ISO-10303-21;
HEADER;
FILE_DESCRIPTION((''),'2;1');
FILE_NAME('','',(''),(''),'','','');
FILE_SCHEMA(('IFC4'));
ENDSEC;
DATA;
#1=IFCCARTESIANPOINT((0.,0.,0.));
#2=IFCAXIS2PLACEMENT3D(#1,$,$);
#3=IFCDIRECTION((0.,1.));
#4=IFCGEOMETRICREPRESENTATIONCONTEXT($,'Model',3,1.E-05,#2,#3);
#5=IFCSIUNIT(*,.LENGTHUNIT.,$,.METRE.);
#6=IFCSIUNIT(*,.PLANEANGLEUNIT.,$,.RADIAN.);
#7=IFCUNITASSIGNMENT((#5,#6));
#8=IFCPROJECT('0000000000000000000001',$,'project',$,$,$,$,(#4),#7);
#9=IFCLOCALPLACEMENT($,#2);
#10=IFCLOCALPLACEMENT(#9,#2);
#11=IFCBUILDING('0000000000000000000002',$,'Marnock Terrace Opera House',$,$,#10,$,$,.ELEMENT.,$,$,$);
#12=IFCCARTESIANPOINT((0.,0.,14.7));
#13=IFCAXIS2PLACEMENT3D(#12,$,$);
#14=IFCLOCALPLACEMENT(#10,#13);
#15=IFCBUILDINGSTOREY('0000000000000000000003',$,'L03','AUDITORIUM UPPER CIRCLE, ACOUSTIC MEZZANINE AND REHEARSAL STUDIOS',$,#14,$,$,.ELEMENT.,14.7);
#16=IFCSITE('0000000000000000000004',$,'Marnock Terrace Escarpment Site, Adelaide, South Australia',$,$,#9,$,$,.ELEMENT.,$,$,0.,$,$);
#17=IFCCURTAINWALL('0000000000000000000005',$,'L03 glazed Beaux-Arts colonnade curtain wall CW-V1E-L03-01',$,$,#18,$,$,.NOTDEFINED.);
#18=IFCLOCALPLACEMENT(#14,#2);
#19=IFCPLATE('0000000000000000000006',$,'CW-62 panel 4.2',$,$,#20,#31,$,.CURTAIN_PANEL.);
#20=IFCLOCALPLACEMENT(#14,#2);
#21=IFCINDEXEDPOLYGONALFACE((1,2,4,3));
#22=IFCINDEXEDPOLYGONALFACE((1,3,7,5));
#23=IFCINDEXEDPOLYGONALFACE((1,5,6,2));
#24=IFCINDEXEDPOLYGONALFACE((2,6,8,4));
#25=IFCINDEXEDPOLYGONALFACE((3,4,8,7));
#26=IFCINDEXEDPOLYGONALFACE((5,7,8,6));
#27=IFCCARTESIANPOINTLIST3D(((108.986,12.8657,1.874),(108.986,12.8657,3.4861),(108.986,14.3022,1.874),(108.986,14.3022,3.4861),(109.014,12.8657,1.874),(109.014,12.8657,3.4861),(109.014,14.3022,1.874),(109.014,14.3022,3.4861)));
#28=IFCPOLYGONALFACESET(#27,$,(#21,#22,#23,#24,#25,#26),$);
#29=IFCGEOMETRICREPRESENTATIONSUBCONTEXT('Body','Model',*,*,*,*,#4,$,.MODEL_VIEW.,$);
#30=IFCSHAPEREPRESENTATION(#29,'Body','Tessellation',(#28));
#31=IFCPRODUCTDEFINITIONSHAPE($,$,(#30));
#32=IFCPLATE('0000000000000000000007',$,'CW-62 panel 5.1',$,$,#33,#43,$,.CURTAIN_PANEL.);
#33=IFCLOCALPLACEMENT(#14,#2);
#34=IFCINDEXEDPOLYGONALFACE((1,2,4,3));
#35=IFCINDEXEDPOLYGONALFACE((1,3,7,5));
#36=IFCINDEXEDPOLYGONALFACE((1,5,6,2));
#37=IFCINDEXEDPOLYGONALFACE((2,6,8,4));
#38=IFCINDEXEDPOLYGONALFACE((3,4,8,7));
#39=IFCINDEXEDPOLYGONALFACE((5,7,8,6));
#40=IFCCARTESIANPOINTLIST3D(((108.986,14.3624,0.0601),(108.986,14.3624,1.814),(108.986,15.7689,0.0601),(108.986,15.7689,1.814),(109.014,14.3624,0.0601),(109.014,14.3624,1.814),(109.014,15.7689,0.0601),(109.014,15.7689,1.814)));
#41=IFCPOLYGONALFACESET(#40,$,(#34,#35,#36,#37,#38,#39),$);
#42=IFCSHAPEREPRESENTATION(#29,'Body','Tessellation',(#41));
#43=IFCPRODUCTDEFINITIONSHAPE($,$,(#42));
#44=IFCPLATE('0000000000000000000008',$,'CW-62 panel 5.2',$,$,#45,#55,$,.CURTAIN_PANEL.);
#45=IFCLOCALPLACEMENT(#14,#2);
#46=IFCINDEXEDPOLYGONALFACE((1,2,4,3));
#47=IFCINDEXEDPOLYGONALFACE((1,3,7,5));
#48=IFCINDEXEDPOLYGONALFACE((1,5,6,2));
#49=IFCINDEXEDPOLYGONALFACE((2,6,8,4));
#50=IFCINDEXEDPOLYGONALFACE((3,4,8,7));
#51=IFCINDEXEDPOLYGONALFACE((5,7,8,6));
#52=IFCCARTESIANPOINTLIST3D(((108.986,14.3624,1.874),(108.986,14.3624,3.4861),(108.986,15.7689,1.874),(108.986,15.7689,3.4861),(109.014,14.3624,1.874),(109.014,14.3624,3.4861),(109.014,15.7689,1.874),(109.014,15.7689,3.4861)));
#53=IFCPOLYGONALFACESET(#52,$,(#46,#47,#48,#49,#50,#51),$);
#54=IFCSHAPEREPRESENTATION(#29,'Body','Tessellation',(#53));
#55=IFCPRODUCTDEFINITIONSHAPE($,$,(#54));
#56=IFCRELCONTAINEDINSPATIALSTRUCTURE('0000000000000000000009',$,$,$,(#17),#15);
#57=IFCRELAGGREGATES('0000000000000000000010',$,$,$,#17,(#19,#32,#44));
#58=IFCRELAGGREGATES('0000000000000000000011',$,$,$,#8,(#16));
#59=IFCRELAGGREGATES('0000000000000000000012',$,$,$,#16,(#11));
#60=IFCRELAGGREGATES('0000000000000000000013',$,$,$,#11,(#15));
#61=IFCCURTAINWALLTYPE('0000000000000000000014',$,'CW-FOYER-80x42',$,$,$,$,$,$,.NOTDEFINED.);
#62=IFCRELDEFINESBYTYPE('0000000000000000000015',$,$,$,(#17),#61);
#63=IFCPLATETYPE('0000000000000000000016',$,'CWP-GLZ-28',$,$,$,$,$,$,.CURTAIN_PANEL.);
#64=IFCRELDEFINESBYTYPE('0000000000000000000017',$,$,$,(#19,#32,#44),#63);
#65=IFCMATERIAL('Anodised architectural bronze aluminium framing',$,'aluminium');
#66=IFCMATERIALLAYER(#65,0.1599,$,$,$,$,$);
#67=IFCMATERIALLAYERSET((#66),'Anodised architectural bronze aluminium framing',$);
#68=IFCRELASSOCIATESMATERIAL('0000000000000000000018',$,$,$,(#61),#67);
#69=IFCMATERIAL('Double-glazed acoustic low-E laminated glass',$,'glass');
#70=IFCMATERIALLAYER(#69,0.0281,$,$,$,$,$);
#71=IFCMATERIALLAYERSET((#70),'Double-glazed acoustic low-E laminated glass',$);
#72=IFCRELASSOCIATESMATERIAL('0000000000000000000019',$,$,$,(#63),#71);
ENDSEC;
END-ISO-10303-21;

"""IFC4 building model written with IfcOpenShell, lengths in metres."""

from ifc_helpers import new_model, si_unit, direction, frame, origin, origin_2d, place, context, subcontext, project, spatial, rectangle, extrude, material, layer, layer_set, type_object, element, aggregate, save


model = new_model("IFC4")

# Units and contexts
model_context = context("Model", 3, precision=1e-05, world=origin(), true_north=direction((0.0, 1.0)))
body_context = subcontext(model_context, "Body", "Model", "MODEL_VIEW")
ifc_project = project(units=[si_unit("LENGTHUNIT", "METRE"), si_unit("PLANEANGLEUNIT", "RADIAN")], contexts=[model_context])

# Site, building, storey
site_placement = place(None, origin())
site = spatial("IfcSite", under=ifc_project, at=site_placement, Name="Marnock Terrace Escarpment Site, Adelaide, South Australia", CompositionType="ELEMENT", RefElevation=0.0)
building_placement = place(site_placement, origin())
building = spatial("IfcBuilding", under=site, at=building_placement, Name="Marnock Terrace Opera House", CompositionType="ELEMENT")
storey_placement = place(building_placement, frame((0.0, 0.0, 14.7)))
storey = spatial("IfcBuildingStorey", under=building, at=storey_placement, Name="L03", Description="AUDITORIUM UPPER CIRCLE, ACOUSTIC MEZZANINE AND REHEARSAL STUDIOS", CompositionType="ELEMENT", Elevation=14.7)

# Curtain wall, plates
ifc_material_1 = material(Name="Anodised architectural bronze aluminium framing", Category="aluminium")
ifc_layer_1 = layer(ifc_material_1, 0.1599)
ifc_layer_set_1 = layer_set([ifc_layer_1], Name="Anodised architectural bronze aluminium framing")
curtain_wall_type = type_object("IfcCurtainWallType", Name="CW-FOYER-80x42", PredefinedType="NOTDEFINED", material=ifc_layer_set_1)
curtain_wall_placement = place(storey_placement, origin())
curtain_wall = element("IfcCurtainWall", 1, at=curtain_wall_placement, inside=storey, type_object=curtain_wall_type, Name="L03 glazed Beaux-Arts colonnade curtain wall CW-V1E-L03-01", PredefinedType="NOTDEFINED")
ifc_material_2 = material(Name="Double-glazed acoustic low-E laminated glass", Category="glass")
ifc_layer_2 = layer(ifc_material_2, 0.0281)
ifc_layer_set_2 = layer_set([ifc_layer_2], Name="Double-glazed acoustic low-E laminated glass")
plate_type = type_object("IfcPlateType", Name="CWP-GLZ-28", PredefinedType="CURTAIN_PANEL", material=ifc_layer_set_2)
plate_1_placement = place(storey_placement, frame((109.0, 13.584, 1.874), z_axis=(0.0, 0.0, 1.0), x_axis=(0.0, 1.0, 0.0)))
plate_1 = element("IfcPlate", 2, at=plate_1_placement, type_object=plate_type, Name="CW-62 panel 4.2", PredefinedType="CURTAIN_PANEL", context=body_context, shape_type="SweptSolid", body=[
    extrude(rectangle(XDim=1.4365, YDim=0.0281, at=origin_2d()), origin(), (0.0, 0.0, 1.0), 1.6121),
])
plate_2_placement = place(storey_placement, frame((109.0, 15.0657, 0.0601), z_axis=(0.0, 0.0, 1.0), x_axis=(0.0, 1.0, 0.0)))
plate_2 = element("IfcPlate", 3, at=plate_2_placement, type_object=plate_type, Name="CW-62 panel 5.1", PredefinedType="CURTAIN_PANEL", context=body_context, shape_type="SweptSolid", body=[
    extrude(rectangle(XDim=1.4065, YDim=0.0281, at=origin_2d()), origin(), (0.0, 0.0, 1.0), 1.7539),
])
plate_3_placement = place(storey_placement, frame((109.0, 15.0657, 1.874), z_axis=(0.0, 0.0, 1.0), x_axis=(0.0, 1.0, 0.0)))
plate_3 = element("IfcPlate", 4, at=plate_3_placement, type_object=plate_type, Name="CW-62 panel 5.2", PredefinedType="CURTAIN_PANEL", context=body_context, shape_type="SweptSolid", body=[
    extrude(rectangle(XDim=1.4065, YDim=0.0281, at=origin_2d()), origin(), (0.0, 0.0, 1.0), 1.6121),
])
aggregate(curtain_wall, [plate_1, plate_2, plate_3])

save(model, "model.ifc")
